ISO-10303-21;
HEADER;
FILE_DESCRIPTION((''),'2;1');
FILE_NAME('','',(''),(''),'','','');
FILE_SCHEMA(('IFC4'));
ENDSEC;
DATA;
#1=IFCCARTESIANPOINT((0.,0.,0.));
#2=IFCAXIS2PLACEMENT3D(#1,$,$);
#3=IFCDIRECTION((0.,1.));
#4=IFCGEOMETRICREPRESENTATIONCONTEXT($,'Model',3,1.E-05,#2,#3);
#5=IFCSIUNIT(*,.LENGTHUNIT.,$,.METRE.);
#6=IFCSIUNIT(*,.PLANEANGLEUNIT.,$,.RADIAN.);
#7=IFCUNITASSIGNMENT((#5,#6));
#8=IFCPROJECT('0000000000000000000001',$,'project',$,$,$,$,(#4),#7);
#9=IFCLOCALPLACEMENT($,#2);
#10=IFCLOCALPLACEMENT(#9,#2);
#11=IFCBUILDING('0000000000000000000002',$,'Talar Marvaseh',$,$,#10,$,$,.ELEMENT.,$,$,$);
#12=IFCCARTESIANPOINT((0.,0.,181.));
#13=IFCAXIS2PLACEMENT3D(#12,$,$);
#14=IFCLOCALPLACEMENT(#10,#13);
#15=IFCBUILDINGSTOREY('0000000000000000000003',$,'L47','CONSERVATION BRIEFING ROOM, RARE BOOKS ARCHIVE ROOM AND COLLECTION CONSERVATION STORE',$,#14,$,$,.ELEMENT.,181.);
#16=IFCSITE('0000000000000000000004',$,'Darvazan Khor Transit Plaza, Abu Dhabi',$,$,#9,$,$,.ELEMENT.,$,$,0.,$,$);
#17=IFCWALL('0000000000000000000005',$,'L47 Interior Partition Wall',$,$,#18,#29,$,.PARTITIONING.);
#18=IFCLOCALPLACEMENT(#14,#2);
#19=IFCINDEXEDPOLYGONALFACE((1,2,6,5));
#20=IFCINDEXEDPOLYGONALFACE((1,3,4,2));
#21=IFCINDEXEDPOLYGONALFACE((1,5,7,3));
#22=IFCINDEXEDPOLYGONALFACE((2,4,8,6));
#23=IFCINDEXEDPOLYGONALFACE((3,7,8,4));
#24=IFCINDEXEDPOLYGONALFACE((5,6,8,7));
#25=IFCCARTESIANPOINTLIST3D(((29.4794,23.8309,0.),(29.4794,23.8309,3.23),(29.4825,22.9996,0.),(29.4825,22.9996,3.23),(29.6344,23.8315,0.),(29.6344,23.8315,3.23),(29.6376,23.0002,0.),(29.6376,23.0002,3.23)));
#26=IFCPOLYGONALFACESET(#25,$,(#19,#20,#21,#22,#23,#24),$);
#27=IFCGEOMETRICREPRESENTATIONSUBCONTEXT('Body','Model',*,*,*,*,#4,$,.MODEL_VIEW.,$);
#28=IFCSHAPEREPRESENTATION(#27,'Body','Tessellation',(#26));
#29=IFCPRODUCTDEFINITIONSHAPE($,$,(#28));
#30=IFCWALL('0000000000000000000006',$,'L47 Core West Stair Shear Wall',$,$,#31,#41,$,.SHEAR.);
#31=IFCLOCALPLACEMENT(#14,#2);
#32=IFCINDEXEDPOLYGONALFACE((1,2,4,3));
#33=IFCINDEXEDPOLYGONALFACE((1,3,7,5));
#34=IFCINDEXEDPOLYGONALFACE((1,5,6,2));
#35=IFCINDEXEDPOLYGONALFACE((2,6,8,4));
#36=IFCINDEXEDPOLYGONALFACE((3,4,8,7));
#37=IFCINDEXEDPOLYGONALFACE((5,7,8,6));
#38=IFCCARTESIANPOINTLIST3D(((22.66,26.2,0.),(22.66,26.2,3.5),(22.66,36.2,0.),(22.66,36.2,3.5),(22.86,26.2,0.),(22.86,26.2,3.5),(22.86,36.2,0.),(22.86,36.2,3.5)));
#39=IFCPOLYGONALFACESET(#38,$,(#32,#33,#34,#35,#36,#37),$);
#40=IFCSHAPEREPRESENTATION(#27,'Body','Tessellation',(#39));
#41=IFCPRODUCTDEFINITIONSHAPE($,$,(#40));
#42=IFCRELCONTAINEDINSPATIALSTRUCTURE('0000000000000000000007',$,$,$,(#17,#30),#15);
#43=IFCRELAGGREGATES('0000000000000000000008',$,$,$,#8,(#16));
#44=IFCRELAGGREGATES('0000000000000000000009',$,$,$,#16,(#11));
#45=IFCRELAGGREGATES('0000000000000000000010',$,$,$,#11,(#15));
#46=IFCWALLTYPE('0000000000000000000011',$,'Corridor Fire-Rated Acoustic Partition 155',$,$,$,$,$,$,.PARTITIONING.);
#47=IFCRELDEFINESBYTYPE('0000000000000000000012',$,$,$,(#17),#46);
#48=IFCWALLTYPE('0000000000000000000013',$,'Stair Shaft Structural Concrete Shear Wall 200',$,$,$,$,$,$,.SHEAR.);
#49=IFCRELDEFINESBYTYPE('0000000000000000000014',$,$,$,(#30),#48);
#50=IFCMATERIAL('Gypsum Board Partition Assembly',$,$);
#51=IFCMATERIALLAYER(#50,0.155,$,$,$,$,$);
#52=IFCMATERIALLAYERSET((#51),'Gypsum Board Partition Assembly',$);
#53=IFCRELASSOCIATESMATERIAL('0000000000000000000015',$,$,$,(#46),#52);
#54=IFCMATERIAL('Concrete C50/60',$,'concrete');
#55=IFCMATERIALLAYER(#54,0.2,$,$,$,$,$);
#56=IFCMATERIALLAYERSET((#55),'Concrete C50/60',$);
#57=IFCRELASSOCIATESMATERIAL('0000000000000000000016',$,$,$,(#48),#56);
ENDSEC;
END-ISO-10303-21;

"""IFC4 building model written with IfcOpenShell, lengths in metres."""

from ifc_helpers import new_model, si_unit, direction, frame, frame_2d, origin, place, context, subcontext, project, spatial, rectangle, extrude, material, layer, layer_set, type_object, element, save


model = new_model("IFC4")

# Units and contexts
model_context = context("Model", 3, precision=1e-05, world=origin(), true_north=direction((0.0, 1.0)))
body_context = subcontext(model_context, "Body", "Model", "MODEL_VIEW")
ifc_project = project(units=[si_unit("LENGTHUNIT", "METRE"), si_unit("PLANEANGLEUNIT", "RADIAN")], contexts=[model_context])

# Site, building, storey
site_placement = place(None, origin())
site = spatial("IfcSite", under=ifc_project, at=site_placement, Name="Darvazan Khor Transit Plaza, Abu Dhabi", CompositionType="ELEMENT", RefElevation=0.0)
building_placement = place(site_placement, origin())
building = spatial("IfcBuilding", under=site, at=building_placement, Name="Talar Marvaseh", CompositionType="ELEMENT")
storey_placement = place(building_placement, frame((0.0, 0.0, 181.0)))
storey = spatial("IfcBuildingStorey", under=building, at=storey_placement, Name="L47", Description="CONSERVATION BRIEFING ROOM, RARE BOOKS ARCHIVE ROOM AND COLLECTION CONSERVATION STORE", CompositionType="ELEMENT", Elevation=181.0)

# Shared definitions
ifc_material_1 = material(Name="Gypsum Board Partition Assembly")
ifc_layer_1 = layer(ifc_material_1, 0.155)
ifc_layer_set_1 = layer_set([ifc_layer_1], Name="Gypsum Board Partition Assembly")
wall_type_1 = type_object("IfcWallType", Name="Corridor Fire-Rated Acoustic Partition 155", PredefinedType="PARTITIONING", material=ifc_layer_set_1)

# Walls
wall_1_placement = place(storey_placement, frame((29.5601, 23.0, 0.0), z_axis=(0.0, 0.0, 1.0), x_axis=(-0.003818, 0.999993, 0.0)))
element("IfcWall", 1, at=wall_1_placement, inside=storey, type_object=wall_type_1, Name="L47 Interior Partition Wall", PredefinedType="PARTITIONING", context=body_context, shape_type="SweptSolid", body=[
    extrude(rectangle(XDim=0.8313, YDim=0.155, at=frame_2d((0.4155, 0.0))), origin(), (0.0, 0.0, 1.0), 3.23),
])
ifc_material_2 = material(Name="Concrete C50/60", Category="concrete")
ifc_layer_2 = layer(ifc_material_2, 0.2)
ifc_layer_set_2 = layer_set([ifc_layer_2], Name="Concrete C50/60")
wall_type_2 = type_object("IfcWallType", Name="Stair Shaft Structural Concrete Shear Wall 200", PredefinedType="SHEAR", material=ifc_layer_set_2)
wall_2_placement = place(storey_placement, frame((22.76, 26.2, 0.0), z_axis=(0.0, 0.0, 1.0), x_axis=(0.0, 1.0, 0.0)))
element("IfcWall", 2, at=wall_2_placement, inside=storey, type_object=wall_type_2, Name="L47 Core West Stair Shear Wall", PredefinedType="SHEAR", context=body_context, shape_type="SweptSolid", body=[
    extrude(rectangle(XDim=10.0, YDim=0.2, at=frame_2d((5.0, 0.0))), origin(), (0.0, 0.0, 1.0), 3.5),
])

save(model, "model.ifc")
